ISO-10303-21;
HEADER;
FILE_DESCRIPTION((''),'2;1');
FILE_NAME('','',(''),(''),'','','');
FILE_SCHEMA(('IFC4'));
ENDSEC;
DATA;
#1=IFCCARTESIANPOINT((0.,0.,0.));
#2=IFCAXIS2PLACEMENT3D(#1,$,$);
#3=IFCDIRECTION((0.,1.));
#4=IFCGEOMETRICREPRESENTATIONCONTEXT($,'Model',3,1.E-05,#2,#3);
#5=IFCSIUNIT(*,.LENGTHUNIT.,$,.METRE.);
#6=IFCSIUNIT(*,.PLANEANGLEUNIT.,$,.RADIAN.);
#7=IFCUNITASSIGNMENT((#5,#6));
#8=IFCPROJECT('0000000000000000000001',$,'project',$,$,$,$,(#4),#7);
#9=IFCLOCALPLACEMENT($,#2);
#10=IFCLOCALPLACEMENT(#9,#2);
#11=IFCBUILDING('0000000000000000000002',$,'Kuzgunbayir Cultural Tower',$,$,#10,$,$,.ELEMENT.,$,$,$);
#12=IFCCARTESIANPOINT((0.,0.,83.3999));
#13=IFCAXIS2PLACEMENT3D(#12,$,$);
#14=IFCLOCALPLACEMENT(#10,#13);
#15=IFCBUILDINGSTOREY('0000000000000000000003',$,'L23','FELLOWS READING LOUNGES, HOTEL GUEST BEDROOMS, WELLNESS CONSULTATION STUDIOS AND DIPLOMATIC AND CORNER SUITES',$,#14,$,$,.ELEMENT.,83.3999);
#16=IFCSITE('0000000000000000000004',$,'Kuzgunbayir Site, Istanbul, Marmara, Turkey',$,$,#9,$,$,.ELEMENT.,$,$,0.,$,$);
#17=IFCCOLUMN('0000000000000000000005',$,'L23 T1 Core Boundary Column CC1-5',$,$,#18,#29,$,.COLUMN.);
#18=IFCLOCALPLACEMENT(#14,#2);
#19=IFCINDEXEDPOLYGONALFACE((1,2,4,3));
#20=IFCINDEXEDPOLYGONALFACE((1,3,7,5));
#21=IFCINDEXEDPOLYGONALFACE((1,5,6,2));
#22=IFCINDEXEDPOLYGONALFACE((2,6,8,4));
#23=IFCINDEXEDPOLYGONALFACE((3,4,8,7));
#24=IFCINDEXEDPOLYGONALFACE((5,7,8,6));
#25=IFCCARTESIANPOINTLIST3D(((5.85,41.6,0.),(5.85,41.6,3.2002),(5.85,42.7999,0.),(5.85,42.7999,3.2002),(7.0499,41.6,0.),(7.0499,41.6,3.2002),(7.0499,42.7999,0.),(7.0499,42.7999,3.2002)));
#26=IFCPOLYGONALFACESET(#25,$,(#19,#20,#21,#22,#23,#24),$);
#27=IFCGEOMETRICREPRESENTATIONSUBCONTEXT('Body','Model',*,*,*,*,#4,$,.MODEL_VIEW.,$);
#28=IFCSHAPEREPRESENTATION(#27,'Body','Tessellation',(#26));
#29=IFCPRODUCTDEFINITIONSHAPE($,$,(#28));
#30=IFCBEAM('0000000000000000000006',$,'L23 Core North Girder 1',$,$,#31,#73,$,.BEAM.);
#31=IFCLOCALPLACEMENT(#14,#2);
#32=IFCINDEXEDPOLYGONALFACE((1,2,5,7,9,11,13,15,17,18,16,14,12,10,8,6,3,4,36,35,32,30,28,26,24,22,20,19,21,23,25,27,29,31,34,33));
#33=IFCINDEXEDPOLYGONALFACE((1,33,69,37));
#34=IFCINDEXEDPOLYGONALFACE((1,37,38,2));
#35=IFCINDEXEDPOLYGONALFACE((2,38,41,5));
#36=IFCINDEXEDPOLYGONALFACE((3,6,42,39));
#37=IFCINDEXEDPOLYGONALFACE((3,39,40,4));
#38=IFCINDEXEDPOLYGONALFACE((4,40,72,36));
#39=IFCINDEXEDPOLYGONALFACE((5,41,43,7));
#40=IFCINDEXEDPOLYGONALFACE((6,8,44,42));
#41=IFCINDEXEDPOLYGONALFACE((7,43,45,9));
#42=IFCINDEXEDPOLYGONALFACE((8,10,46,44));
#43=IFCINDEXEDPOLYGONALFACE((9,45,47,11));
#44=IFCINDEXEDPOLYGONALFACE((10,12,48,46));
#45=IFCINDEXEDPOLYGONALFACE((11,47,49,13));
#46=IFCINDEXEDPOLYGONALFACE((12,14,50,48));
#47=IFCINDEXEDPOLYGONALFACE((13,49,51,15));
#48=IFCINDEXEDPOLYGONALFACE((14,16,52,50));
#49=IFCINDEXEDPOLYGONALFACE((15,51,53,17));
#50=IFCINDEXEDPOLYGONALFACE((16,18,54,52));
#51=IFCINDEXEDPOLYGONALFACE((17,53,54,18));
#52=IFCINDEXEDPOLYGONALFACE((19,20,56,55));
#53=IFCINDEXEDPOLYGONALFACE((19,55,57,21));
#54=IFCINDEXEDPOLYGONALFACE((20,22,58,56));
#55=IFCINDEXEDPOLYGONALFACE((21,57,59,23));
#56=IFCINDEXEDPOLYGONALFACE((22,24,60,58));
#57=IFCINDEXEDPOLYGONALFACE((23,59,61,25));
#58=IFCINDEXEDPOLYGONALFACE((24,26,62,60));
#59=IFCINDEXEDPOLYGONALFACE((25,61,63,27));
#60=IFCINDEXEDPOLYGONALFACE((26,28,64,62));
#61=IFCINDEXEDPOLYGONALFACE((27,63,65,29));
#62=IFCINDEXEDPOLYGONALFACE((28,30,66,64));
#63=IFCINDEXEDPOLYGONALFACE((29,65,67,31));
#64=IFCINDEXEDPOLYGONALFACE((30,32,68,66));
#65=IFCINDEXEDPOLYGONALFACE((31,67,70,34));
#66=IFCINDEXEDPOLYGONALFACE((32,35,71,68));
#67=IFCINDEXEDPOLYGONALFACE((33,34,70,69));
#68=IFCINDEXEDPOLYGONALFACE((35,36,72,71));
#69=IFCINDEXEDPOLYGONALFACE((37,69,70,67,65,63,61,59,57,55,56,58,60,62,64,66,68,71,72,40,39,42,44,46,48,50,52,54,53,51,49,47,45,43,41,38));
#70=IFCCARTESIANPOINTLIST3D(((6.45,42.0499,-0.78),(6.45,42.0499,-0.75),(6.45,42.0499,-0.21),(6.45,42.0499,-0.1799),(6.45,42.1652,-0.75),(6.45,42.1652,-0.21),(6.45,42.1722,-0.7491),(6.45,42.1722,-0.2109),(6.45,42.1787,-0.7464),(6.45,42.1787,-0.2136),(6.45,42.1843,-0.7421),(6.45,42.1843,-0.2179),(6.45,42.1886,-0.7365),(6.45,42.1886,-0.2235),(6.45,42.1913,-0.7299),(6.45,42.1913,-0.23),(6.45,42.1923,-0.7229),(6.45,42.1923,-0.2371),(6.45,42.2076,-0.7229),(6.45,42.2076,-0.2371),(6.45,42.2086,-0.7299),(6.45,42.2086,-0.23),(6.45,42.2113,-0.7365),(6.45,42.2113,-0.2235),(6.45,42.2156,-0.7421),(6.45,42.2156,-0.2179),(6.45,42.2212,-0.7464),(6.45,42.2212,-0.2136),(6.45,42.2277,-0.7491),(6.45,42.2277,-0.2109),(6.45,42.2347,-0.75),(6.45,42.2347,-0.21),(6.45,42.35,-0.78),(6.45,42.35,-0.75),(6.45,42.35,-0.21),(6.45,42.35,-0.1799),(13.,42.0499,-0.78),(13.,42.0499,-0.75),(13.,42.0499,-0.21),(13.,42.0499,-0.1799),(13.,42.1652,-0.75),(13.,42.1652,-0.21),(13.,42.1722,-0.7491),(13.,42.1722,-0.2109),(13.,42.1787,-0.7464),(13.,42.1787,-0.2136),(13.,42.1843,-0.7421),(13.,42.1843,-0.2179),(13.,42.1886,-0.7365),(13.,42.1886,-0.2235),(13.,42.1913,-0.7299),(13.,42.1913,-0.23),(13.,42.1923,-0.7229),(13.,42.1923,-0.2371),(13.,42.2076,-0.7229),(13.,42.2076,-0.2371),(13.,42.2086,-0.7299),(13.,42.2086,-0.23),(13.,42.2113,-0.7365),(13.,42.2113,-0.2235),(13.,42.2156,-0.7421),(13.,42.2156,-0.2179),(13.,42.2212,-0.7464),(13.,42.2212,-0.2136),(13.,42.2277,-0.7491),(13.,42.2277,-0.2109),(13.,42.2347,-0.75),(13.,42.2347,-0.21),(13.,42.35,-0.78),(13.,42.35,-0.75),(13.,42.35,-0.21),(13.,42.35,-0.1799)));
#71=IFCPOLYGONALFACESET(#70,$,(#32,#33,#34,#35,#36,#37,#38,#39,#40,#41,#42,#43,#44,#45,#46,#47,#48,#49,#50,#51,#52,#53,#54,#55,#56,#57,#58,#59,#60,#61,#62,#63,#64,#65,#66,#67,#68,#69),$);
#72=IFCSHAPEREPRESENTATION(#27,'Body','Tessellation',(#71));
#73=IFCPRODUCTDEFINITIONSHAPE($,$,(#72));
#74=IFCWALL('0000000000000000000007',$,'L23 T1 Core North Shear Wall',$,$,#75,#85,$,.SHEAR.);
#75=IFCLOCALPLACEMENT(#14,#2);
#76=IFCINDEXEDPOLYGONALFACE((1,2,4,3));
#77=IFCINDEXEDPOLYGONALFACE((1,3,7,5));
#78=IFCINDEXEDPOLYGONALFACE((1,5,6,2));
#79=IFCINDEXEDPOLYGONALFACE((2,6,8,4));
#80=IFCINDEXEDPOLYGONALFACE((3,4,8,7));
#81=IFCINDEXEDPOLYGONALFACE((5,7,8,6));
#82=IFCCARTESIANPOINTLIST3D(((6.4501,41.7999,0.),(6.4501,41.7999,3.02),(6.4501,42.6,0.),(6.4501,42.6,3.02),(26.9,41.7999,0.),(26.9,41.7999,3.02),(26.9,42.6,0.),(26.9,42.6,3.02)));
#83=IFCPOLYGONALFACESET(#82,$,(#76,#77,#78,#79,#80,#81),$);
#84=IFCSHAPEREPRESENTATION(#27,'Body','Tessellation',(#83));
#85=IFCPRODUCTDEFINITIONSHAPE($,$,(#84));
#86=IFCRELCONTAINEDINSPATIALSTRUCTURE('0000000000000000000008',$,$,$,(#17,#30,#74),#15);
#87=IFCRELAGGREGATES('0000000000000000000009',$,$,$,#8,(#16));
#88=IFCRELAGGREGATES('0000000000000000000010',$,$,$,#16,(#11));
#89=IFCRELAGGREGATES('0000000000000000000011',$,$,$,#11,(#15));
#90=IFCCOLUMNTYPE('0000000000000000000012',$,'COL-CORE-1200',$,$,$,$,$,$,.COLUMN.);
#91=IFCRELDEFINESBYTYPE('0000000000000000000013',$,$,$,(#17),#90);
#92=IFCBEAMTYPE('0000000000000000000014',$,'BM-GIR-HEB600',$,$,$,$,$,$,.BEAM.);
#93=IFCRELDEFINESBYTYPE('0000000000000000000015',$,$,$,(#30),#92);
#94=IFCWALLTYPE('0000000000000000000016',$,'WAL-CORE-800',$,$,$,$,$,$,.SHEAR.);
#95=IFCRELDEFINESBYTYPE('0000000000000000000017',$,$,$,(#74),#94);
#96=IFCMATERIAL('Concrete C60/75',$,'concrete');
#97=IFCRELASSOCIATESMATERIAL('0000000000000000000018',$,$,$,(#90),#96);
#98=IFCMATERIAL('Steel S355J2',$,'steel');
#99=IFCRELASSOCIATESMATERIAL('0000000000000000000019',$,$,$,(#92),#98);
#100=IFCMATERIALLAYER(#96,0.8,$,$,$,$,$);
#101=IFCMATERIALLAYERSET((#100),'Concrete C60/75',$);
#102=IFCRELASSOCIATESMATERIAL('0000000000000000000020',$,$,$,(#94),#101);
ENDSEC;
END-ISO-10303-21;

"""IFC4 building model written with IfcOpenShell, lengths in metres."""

from ifc_helpers import new_model, si_unit, direction, frame, frame_2d, origin, origin_2d, place, context, subcontext, project, spatial, rectangle, i_section, extrude, material, layer, layer_set, material_profile, profile_set, type_object, element, save


model = new_model("IFC4")

# Units and contexts
model_context = context("Model", 3, precision=1e-05, world=origin(), true_north=direction((0.0, 1.0)))
body_context = subcontext(model_context, "Body", "Model", "MODEL_VIEW")
ifc_project = project(units=[si_unit("LENGTHUNIT", "METRE"), si_unit("PLANEANGLEUNIT", "RADIAN")], contexts=[model_context])

# Site, building, storey
site_placement = place(None, origin())
site = spatial("IfcSite", under=ifc_project, at=site_placement, Name="Kuzgunbayir Site, Istanbul, Marmara, Turkey", CompositionType="ELEMENT", RefElevation=0.0)
building_placement = place(site_placement, origin())
building = spatial("IfcBuilding", under=site, at=building_placement, Name="Kuzgunbayir Cultural Tower", CompositionType="ELEMENT")
storey_placement = place(building_placement, frame((0.0, 0.0, 83.3999)))
storey = spatial("IfcBuildingStorey", under=building, at=storey_placement, Name="L23", Description="FELLOWS READING LOUNGES, HOTEL GUEST BEDROOMS, WELLNESS CONSULTATION STUDIOS AND DIPLOMATIC AND CORNER SUITES", CompositionType="ELEMENT", Elevation=83.3999)

# Column
ifc_material_1 = material(Name="Concrete C60/75", Category="concrete")
ifc_material_profile_1 = material_profile(ifc_material_1, rectangle(XDim=1.2, YDim=1.2, at=origin_2d()), Name="RC 1200x1200")
ifc_profile_set_1 = profile_set([ifc_material_profile_1], Name="Concrete C60/75")
column_type = type_object("IfcColumnType", Name="COL-CORE-1200", PredefinedType="COLUMN", material=ifc_profile_set_1)
column_placement = place(storey_placement, frame((6.45, 42.2, 0.0), z_axis=(0.0, 0.0, 1.0), x_axis=(1.0, 0.0, 0.0)))
element("IfcColumn", 1, at=column_placement, inside=storey, type_object=column_type, Name="L23 T1 Core Boundary Column CC1-5", PredefinedType="COLUMN", context=body_context, shape_type="SweptSolid", body=[
    extrude(rectangle(XDim=1.2, YDim=1.2, at=origin_2d()), origin(), (0.0, 0.0, 1.0), 3.2002),
])

# Beam
ifc_material_2 = material(Name="Steel S355J2", Category="steel")
ifc_material_profile_2 = material_profile(ifc_material_2, i_section(OverallWidth=0.3, OverallDepth=0.6001, WebThickness=0.0154, FlangeThickness=0.03, FilletRadius=0.0271, at=origin_2d()), Name="HEB 600")
ifc_profile_set_2 = profile_set([ifc_material_profile_2], Name="Steel S355J2")
beam_type = type_object("IfcBeamType", Name="BM-GIR-HEB600", PredefinedType="BEAM", material=ifc_profile_set_2)
beam_placement = place(storey_placement, frame((6.45, 42.2, -0.48), z_axis=(1.0, 0.0, 0.0), x_axis=(0.0, 1.0, 0.0)))
element("IfcBeam", 2, at=beam_placement, inside=storey, type_object=beam_type, Name="L23 Core North Girder 1", PredefinedType="BEAM", context=body_context, shape_type="SweptSolid", body=[
    extrude(i_section(OverallWidth=0.3, OverallDepth=0.6001, WebThickness=0.0154, FlangeThickness=0.03, FilletRadius=0.0271, at=origin_2d()), origin(), (0.0, 0.0, 1.0), 6.55),
])

# Wall
ifc_layer_1 = layer(ifc_material_1, 0.8)
ifc_layer_set_1 = layer_set([ifc_layer_1], Name="Concrete C60/75")
wall_type_1 = type_object("IfcWallType", Name="WAL-CORE-800", PredefinedType="SHEAR", material=ifc_layer_set_1)
wall_1_placement = place(storey_placement, frame((6.45, 42.2, 0.0), z_axis=(0.0, 0.0, 1.0), x_axis=(1.0, 0.0, 0.0)))
element("IfcWall", 3, at=wall_1_placement, inside=storey, type_object=wall_type_1, Name="L23 T1 Core North Shear Wall", PredefinedType="SHEAR", context=body_context, shape_type="SweptSolid", body=[
    extrude(rectangle(XDim=20.45, YDim=0.8, at=frame_2d((10.2251, 0.0))), origin(), (0.0, 0.0, 1.0), 3.02),
])

save(model, "model.ifc")
